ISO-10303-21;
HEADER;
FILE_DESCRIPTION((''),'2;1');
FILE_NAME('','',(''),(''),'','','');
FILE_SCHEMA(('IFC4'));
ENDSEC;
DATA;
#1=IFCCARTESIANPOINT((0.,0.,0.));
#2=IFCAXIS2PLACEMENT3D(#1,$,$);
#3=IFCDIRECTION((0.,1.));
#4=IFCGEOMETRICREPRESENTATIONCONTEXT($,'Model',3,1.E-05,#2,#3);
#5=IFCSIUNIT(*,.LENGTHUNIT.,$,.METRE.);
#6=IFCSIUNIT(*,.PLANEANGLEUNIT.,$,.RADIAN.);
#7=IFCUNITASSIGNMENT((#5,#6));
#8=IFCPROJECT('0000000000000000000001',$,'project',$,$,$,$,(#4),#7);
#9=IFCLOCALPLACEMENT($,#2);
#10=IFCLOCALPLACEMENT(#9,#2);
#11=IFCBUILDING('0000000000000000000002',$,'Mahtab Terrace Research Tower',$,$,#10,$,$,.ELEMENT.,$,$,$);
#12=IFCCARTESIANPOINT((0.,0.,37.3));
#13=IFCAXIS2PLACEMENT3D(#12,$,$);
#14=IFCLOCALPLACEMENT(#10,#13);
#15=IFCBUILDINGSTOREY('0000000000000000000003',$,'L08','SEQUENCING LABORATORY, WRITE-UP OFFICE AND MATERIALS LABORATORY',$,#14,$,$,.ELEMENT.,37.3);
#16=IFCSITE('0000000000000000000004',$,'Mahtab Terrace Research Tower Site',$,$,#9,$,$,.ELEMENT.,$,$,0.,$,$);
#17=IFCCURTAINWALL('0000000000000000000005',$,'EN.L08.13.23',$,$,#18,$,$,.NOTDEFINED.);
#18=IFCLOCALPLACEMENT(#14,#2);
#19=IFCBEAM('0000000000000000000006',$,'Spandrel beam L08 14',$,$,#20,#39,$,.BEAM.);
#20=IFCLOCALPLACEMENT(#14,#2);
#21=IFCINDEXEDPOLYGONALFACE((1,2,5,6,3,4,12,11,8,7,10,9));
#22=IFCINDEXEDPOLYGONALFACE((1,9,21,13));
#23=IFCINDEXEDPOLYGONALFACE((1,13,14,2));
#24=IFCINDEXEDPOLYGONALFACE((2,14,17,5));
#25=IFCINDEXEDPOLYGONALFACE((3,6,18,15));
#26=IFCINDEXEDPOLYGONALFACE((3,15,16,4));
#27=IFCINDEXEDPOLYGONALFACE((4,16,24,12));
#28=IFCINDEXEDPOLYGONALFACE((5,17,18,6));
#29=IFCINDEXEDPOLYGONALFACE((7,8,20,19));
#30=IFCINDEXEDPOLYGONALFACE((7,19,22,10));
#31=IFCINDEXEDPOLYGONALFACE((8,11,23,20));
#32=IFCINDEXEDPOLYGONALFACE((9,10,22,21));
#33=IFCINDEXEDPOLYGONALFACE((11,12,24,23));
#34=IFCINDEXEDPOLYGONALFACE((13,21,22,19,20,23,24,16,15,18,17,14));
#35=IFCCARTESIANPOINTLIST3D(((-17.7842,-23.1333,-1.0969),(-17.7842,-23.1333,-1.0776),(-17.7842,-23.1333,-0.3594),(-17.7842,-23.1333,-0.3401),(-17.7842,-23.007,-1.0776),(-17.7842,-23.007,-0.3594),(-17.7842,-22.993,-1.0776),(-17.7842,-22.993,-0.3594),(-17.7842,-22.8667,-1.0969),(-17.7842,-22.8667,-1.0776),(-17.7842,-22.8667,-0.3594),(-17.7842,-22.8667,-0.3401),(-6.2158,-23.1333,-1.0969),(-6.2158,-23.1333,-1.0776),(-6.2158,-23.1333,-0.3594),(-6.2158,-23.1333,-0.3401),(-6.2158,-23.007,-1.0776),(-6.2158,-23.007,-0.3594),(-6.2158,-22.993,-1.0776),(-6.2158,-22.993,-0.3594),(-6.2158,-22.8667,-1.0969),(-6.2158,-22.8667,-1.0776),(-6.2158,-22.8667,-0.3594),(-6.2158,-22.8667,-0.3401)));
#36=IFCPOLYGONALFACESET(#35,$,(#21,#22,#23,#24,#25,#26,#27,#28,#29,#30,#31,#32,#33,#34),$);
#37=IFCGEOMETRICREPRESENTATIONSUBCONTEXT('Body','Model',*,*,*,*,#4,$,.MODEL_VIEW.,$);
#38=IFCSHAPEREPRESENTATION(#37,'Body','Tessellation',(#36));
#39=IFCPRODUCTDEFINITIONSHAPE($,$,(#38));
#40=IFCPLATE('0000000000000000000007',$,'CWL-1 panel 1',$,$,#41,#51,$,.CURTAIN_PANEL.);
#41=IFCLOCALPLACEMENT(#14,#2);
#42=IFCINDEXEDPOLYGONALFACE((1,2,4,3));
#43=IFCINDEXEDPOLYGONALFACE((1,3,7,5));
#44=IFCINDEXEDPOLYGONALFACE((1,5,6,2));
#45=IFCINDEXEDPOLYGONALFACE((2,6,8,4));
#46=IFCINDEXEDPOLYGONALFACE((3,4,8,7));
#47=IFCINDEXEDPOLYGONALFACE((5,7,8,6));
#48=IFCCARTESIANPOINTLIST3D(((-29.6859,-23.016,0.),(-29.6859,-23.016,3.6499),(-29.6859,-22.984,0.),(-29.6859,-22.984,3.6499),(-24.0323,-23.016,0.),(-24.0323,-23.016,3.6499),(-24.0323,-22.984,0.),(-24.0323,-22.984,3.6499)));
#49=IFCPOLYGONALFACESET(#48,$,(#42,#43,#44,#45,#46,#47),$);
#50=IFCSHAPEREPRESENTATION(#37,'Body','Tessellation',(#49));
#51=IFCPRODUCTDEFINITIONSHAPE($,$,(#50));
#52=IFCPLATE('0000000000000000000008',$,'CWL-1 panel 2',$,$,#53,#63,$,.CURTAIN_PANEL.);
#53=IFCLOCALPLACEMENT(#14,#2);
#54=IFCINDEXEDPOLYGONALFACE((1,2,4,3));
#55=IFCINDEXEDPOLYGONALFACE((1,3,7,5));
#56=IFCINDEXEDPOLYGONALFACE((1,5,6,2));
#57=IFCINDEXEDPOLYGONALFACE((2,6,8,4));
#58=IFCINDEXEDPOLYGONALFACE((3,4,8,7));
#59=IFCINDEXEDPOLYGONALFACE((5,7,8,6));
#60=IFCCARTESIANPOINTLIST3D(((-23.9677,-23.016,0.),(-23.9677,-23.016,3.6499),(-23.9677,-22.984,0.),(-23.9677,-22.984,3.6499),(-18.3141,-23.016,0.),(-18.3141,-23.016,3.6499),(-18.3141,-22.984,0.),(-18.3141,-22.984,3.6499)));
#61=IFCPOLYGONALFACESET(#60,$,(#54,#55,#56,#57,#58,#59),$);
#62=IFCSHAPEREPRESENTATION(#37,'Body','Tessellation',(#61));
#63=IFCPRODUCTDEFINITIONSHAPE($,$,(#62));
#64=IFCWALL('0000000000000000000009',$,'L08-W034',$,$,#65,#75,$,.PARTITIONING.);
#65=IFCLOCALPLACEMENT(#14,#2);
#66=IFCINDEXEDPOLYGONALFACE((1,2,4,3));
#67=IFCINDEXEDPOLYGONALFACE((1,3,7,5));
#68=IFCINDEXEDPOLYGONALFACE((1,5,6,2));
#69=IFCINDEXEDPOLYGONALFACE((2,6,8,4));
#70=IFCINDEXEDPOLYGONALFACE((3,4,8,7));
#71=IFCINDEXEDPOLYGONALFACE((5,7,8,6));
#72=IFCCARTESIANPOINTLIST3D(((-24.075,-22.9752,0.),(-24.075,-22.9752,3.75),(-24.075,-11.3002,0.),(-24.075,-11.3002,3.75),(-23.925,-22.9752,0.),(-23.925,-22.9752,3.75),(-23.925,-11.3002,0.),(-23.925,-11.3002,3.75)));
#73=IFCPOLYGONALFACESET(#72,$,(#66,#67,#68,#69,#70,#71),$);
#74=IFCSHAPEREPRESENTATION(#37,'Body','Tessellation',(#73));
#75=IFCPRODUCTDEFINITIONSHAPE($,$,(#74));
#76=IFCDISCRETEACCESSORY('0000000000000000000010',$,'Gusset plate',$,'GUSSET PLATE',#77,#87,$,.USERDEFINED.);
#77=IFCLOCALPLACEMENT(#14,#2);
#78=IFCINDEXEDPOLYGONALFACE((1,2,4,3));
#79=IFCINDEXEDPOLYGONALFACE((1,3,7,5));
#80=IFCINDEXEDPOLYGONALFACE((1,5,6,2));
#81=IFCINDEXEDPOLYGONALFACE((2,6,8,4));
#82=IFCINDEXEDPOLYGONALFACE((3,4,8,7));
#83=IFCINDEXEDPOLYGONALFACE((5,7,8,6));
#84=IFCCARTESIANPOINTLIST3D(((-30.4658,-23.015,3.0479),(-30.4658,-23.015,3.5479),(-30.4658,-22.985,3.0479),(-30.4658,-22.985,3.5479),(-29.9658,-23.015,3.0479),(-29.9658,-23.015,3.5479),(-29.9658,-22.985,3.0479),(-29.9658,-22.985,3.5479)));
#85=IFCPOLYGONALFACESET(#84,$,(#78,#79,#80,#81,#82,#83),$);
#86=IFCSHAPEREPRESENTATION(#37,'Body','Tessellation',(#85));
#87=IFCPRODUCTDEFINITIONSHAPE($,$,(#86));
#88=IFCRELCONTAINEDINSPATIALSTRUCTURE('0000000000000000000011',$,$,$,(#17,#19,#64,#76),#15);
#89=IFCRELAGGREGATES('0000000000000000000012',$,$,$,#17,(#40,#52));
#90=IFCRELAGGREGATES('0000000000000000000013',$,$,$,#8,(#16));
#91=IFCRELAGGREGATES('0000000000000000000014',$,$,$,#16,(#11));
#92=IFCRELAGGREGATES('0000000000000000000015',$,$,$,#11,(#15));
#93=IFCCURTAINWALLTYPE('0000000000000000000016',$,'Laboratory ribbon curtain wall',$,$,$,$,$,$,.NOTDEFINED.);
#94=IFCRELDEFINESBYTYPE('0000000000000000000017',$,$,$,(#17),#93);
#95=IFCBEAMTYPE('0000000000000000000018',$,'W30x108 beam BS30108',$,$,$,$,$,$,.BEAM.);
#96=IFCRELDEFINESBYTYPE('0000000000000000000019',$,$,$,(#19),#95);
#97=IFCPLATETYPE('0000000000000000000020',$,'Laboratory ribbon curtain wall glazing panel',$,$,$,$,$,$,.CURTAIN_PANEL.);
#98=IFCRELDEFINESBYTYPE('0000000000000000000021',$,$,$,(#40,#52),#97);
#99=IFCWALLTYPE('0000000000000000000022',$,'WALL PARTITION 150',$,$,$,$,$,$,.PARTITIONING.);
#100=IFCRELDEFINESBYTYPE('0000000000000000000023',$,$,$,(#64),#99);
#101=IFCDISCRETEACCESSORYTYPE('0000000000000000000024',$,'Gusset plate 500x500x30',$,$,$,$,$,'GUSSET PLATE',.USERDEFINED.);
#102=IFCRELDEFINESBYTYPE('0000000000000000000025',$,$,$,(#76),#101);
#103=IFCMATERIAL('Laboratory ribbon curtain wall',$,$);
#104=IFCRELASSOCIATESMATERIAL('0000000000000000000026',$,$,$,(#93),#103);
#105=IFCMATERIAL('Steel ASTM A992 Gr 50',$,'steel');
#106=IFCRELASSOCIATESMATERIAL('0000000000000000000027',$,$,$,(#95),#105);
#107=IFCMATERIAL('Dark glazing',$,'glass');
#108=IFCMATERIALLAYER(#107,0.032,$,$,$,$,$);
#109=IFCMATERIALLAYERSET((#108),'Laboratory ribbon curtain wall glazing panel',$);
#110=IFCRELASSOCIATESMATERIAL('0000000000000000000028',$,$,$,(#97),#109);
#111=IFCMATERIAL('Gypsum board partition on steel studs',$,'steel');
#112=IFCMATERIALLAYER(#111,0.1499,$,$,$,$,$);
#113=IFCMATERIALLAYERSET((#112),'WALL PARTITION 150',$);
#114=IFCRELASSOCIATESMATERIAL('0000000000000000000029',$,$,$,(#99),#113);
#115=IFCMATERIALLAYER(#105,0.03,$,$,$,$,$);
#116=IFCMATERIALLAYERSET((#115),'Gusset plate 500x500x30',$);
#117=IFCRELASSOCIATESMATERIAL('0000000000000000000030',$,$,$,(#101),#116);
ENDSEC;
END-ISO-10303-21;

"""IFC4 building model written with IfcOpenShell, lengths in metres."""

from ifc_helpers import new_model, si_unit, direction, frame, frame_2d, origin, origin_2d, place, context, subcontext, project, spatial, rectangle, i_section, extrude, material, layer, layer_set, material_profile, profile_set, type_object, element, aggregate, save


model = new_model("IFC4")

# Units and contexts
model_context = context("Model", 3, precision=1e-05, world=origin(), true_north=direction((0.0, 1.0)))
body_context = subcontext(model_context, "Body", "Model", "MODEL_VIEW")
ifc_project = project(units=[si_unit("LENGTHUNIT", "METRE"), si_unit("PLANEANGLEUNIT", "RADIAN")], contexts=[model_context])

# Site, building, storey
site_placement = place(None, origin())
site = spatial("IfcSite", under=ifc_project, at=site_placement, Name="Mahtab Terrace Research Tower Site", CompositionType="ELEMENT", RefElevation=0.0)
building_placement = place(site_placement, origin())
building = spatial("IfcBuilding", under=site, at=building_placement, Name="Mahtab Terrace Research Tower", CompositionType="ELEMENT")
storey_placement = place(building_placement, frame((0.0, 0.0, 37.3)))
storey = spatial("IfcBuildingStorey", under=building, at=storey_placement, Name="L08", Description="SEQUENCING LABORATORY, WRITE-UP OFFICE AND MATERIALS LABORATORY", CompositionType="ELEMENT", Elevation=37.3)

# Shared definitions
ifc_material_1 = material(Name="Steel ASTM A992 Gr 50", Category="steel")

# Curtain wall
ifc_material_2 = material(Name="Laboratory ribbon curtain wall")
curtain_wall_type = type_object("IfcCurtainWallType", Name="Laboratory ribbon curtain wall", PredefinedType="NOTDEFINED", material=ifc_material_2)
curtain_wall_1_placement = place(storey_placement, origin())
curtain_wall_1 = element("IfcCurtainWall", 1, at=curtain_wall_1_placement, inside=storey, type_object=curtain_wall_type, Name="EN.L08.13.23", PredefinedType="NOTDEFINED")

# Beam
ifc_material_profile_1 = material_profile(ifc_material_1, i_section(OverallWidth=0.2666, OverallDepth=0.7568, WebThickness=0.0139, FlangeThickness=0.0193, at=origin_2d()), Name="W30X108")
ifc_profile_set_1 = profile_set([ifc_material_profile_1], Name="Steel ASTM A992 Gr 50")
beam_type = type_object("IfcBeamType", Name="W30x108 beam BS30108", PredefinedType="BEAM", material=ifc_profile_set_1)
for number, where, z_axis, x_axis, name in (
    (2, (-17.7842, -23.0, -0.7185), (1.0, 0.0, 0.0), (0.0, 1.0, 0.0), "Spandrel beam L08 14"),
):
    element("IfcBeam", number, at=place(storey_placement, frame(where, z_axis=z_axis, x_axis=x_axis)), inside=storey, type_object=beam_type, Name=name, PredefinedType="BEAM", context=body_context, shape_type="SweptSolid", body=[
        extrude(i_section(OverallWidth=0.2666, OverallDepth=0.7568, WebThickness=0.0139, FlangeThickness=0.0193, at=origin_2d()), origin(), (0.0, 0.0, 1.0), 11.5684),
    ])

# Plates
ifc_material_3 = material(Name="Dark glazing", Category="glass")
ifc_layer_1 = layer(ifc_material_3, 0.032)
ifc_layer_set_1 = layer_set([ifc_layer_1], Name="Laboratory ribbon curtain wall glazing panel")
plate_type = type_object("IfcPlateType", Name="Laboratory ribbon curtain wall glazing panel", PredefinedType="CURTAIN_PANEL", material=ifc_layer_set_1)
plate_1_placement = place(storey_placement, frame((-26.8591, -23.0, 0.0), z_axis=(0.0, 0.0, 1.0), x_axis=(1.0, 0.0, 0.0)))
plate_1 = element("IfcPlate", 3, at=plate_1_placement, type_object=plate_type, Name="CWL-1 panel 1", PredefinedType="CURTAIN_PANEL", context=body_context, shape_type="SweptSolid", body=[
    extrude(rectangle(XDim=5.6536, YDim=0.032, at=origin_2d()), origin(), (0.0, 0.0, 1.0), 3.6499),
])
plate_2_placement = place(storey_placement, frame((-21.1409, -23.0, 0.0), z_axis=(0.0, 0.0, 1.0), x_axis=(1.0, 0.0, 0.0)))
plate_2 = element("IfcPlate", 4, at=plate_2_placement, type_object=plate_type, Name="CWL-1 panel 2", PredefinedType="CURTAIN_PANEL", context=body_context, shape_type="SweptSolid", body=[
    extrude(rectangle(XDim=5.6536, YDim=0.032, at=origin_2d()), origin(), (0.0, 0.0, 1.0), 3.6499),
])
aggregate(curtain_wall_1, [plate_1, plate_2])

# Wall
ifc_material_4 = material(Name="Gypsum board partition on steel studs", Category="steel")
ifc_layer_2 = layer(ifc_material_4, 0.1499)
ifc_layer_set_2 = layer_set([ifc_layer_2], Name="WALL PARTITION 150")
wall_type = type_object("IfcWallType", Name="WALL PARTITION 150", PredefinedType="PARTITIONING", material=ifc_layer_set_2)
wall_placement = place(storey_placement, frame((-24.0, -22.9751, 0.0), z_axis=(0.0, 0.0, 1.0), x_axis=(0.0, 1.0, 0.0)))
element("IfcWall", 5, at=wall_placement, inside=storey, type_object=wall_type, Name="L08-W034", PredefinedType="PARTITIONING", context=body_context, shape_type="SweptSolid", body=[
    extrude(rectangle(XDim=11.675, YDim=0.1499, at=frame_2d((5.8374, 0.0))), origin(), (0.0, 0.0, 1.0), 3.75),
])

# Discrete accessory
ifc_layer_3 = layer(ifc_material_1, 0.03)
ifc_layer_set_3 = layer_set([ifc_layer_3], Name="Gusset plate 500x500x30")
discrete_accessory_type = type_object("IfcDiscreteAccessoryType", Name="Gusset plate 500x500x30", ElementType="GUSSET PLATE", PredefinedType="USERDEFINED", material=ifc_layer_set_3)
discrete_accessory_placement = place(storey_placement, frame((-30.2158, -23.0, 3.0479), z_axis=(0.0, 0.0, 1.0), x_axis=(1.0, 0.0, 0.0)))
element("IfcDiscreteAccessory", 6, at=discrete_accessory_placement, inside=storey, type_object=discrete_accessory_type, Name="Gusset plate", ObjectType="GUSSET PLATE", PredefinedType="USERDEFINED", context=body_context, shape_type="SweptSolid", body=[
    extrude(rectangle(XDim=0.5, YDim=0.03, at=origin_2d()), origin(), (0.0, 0.0, 1.0), 0.5),
])

save(model, "model.ifc")
